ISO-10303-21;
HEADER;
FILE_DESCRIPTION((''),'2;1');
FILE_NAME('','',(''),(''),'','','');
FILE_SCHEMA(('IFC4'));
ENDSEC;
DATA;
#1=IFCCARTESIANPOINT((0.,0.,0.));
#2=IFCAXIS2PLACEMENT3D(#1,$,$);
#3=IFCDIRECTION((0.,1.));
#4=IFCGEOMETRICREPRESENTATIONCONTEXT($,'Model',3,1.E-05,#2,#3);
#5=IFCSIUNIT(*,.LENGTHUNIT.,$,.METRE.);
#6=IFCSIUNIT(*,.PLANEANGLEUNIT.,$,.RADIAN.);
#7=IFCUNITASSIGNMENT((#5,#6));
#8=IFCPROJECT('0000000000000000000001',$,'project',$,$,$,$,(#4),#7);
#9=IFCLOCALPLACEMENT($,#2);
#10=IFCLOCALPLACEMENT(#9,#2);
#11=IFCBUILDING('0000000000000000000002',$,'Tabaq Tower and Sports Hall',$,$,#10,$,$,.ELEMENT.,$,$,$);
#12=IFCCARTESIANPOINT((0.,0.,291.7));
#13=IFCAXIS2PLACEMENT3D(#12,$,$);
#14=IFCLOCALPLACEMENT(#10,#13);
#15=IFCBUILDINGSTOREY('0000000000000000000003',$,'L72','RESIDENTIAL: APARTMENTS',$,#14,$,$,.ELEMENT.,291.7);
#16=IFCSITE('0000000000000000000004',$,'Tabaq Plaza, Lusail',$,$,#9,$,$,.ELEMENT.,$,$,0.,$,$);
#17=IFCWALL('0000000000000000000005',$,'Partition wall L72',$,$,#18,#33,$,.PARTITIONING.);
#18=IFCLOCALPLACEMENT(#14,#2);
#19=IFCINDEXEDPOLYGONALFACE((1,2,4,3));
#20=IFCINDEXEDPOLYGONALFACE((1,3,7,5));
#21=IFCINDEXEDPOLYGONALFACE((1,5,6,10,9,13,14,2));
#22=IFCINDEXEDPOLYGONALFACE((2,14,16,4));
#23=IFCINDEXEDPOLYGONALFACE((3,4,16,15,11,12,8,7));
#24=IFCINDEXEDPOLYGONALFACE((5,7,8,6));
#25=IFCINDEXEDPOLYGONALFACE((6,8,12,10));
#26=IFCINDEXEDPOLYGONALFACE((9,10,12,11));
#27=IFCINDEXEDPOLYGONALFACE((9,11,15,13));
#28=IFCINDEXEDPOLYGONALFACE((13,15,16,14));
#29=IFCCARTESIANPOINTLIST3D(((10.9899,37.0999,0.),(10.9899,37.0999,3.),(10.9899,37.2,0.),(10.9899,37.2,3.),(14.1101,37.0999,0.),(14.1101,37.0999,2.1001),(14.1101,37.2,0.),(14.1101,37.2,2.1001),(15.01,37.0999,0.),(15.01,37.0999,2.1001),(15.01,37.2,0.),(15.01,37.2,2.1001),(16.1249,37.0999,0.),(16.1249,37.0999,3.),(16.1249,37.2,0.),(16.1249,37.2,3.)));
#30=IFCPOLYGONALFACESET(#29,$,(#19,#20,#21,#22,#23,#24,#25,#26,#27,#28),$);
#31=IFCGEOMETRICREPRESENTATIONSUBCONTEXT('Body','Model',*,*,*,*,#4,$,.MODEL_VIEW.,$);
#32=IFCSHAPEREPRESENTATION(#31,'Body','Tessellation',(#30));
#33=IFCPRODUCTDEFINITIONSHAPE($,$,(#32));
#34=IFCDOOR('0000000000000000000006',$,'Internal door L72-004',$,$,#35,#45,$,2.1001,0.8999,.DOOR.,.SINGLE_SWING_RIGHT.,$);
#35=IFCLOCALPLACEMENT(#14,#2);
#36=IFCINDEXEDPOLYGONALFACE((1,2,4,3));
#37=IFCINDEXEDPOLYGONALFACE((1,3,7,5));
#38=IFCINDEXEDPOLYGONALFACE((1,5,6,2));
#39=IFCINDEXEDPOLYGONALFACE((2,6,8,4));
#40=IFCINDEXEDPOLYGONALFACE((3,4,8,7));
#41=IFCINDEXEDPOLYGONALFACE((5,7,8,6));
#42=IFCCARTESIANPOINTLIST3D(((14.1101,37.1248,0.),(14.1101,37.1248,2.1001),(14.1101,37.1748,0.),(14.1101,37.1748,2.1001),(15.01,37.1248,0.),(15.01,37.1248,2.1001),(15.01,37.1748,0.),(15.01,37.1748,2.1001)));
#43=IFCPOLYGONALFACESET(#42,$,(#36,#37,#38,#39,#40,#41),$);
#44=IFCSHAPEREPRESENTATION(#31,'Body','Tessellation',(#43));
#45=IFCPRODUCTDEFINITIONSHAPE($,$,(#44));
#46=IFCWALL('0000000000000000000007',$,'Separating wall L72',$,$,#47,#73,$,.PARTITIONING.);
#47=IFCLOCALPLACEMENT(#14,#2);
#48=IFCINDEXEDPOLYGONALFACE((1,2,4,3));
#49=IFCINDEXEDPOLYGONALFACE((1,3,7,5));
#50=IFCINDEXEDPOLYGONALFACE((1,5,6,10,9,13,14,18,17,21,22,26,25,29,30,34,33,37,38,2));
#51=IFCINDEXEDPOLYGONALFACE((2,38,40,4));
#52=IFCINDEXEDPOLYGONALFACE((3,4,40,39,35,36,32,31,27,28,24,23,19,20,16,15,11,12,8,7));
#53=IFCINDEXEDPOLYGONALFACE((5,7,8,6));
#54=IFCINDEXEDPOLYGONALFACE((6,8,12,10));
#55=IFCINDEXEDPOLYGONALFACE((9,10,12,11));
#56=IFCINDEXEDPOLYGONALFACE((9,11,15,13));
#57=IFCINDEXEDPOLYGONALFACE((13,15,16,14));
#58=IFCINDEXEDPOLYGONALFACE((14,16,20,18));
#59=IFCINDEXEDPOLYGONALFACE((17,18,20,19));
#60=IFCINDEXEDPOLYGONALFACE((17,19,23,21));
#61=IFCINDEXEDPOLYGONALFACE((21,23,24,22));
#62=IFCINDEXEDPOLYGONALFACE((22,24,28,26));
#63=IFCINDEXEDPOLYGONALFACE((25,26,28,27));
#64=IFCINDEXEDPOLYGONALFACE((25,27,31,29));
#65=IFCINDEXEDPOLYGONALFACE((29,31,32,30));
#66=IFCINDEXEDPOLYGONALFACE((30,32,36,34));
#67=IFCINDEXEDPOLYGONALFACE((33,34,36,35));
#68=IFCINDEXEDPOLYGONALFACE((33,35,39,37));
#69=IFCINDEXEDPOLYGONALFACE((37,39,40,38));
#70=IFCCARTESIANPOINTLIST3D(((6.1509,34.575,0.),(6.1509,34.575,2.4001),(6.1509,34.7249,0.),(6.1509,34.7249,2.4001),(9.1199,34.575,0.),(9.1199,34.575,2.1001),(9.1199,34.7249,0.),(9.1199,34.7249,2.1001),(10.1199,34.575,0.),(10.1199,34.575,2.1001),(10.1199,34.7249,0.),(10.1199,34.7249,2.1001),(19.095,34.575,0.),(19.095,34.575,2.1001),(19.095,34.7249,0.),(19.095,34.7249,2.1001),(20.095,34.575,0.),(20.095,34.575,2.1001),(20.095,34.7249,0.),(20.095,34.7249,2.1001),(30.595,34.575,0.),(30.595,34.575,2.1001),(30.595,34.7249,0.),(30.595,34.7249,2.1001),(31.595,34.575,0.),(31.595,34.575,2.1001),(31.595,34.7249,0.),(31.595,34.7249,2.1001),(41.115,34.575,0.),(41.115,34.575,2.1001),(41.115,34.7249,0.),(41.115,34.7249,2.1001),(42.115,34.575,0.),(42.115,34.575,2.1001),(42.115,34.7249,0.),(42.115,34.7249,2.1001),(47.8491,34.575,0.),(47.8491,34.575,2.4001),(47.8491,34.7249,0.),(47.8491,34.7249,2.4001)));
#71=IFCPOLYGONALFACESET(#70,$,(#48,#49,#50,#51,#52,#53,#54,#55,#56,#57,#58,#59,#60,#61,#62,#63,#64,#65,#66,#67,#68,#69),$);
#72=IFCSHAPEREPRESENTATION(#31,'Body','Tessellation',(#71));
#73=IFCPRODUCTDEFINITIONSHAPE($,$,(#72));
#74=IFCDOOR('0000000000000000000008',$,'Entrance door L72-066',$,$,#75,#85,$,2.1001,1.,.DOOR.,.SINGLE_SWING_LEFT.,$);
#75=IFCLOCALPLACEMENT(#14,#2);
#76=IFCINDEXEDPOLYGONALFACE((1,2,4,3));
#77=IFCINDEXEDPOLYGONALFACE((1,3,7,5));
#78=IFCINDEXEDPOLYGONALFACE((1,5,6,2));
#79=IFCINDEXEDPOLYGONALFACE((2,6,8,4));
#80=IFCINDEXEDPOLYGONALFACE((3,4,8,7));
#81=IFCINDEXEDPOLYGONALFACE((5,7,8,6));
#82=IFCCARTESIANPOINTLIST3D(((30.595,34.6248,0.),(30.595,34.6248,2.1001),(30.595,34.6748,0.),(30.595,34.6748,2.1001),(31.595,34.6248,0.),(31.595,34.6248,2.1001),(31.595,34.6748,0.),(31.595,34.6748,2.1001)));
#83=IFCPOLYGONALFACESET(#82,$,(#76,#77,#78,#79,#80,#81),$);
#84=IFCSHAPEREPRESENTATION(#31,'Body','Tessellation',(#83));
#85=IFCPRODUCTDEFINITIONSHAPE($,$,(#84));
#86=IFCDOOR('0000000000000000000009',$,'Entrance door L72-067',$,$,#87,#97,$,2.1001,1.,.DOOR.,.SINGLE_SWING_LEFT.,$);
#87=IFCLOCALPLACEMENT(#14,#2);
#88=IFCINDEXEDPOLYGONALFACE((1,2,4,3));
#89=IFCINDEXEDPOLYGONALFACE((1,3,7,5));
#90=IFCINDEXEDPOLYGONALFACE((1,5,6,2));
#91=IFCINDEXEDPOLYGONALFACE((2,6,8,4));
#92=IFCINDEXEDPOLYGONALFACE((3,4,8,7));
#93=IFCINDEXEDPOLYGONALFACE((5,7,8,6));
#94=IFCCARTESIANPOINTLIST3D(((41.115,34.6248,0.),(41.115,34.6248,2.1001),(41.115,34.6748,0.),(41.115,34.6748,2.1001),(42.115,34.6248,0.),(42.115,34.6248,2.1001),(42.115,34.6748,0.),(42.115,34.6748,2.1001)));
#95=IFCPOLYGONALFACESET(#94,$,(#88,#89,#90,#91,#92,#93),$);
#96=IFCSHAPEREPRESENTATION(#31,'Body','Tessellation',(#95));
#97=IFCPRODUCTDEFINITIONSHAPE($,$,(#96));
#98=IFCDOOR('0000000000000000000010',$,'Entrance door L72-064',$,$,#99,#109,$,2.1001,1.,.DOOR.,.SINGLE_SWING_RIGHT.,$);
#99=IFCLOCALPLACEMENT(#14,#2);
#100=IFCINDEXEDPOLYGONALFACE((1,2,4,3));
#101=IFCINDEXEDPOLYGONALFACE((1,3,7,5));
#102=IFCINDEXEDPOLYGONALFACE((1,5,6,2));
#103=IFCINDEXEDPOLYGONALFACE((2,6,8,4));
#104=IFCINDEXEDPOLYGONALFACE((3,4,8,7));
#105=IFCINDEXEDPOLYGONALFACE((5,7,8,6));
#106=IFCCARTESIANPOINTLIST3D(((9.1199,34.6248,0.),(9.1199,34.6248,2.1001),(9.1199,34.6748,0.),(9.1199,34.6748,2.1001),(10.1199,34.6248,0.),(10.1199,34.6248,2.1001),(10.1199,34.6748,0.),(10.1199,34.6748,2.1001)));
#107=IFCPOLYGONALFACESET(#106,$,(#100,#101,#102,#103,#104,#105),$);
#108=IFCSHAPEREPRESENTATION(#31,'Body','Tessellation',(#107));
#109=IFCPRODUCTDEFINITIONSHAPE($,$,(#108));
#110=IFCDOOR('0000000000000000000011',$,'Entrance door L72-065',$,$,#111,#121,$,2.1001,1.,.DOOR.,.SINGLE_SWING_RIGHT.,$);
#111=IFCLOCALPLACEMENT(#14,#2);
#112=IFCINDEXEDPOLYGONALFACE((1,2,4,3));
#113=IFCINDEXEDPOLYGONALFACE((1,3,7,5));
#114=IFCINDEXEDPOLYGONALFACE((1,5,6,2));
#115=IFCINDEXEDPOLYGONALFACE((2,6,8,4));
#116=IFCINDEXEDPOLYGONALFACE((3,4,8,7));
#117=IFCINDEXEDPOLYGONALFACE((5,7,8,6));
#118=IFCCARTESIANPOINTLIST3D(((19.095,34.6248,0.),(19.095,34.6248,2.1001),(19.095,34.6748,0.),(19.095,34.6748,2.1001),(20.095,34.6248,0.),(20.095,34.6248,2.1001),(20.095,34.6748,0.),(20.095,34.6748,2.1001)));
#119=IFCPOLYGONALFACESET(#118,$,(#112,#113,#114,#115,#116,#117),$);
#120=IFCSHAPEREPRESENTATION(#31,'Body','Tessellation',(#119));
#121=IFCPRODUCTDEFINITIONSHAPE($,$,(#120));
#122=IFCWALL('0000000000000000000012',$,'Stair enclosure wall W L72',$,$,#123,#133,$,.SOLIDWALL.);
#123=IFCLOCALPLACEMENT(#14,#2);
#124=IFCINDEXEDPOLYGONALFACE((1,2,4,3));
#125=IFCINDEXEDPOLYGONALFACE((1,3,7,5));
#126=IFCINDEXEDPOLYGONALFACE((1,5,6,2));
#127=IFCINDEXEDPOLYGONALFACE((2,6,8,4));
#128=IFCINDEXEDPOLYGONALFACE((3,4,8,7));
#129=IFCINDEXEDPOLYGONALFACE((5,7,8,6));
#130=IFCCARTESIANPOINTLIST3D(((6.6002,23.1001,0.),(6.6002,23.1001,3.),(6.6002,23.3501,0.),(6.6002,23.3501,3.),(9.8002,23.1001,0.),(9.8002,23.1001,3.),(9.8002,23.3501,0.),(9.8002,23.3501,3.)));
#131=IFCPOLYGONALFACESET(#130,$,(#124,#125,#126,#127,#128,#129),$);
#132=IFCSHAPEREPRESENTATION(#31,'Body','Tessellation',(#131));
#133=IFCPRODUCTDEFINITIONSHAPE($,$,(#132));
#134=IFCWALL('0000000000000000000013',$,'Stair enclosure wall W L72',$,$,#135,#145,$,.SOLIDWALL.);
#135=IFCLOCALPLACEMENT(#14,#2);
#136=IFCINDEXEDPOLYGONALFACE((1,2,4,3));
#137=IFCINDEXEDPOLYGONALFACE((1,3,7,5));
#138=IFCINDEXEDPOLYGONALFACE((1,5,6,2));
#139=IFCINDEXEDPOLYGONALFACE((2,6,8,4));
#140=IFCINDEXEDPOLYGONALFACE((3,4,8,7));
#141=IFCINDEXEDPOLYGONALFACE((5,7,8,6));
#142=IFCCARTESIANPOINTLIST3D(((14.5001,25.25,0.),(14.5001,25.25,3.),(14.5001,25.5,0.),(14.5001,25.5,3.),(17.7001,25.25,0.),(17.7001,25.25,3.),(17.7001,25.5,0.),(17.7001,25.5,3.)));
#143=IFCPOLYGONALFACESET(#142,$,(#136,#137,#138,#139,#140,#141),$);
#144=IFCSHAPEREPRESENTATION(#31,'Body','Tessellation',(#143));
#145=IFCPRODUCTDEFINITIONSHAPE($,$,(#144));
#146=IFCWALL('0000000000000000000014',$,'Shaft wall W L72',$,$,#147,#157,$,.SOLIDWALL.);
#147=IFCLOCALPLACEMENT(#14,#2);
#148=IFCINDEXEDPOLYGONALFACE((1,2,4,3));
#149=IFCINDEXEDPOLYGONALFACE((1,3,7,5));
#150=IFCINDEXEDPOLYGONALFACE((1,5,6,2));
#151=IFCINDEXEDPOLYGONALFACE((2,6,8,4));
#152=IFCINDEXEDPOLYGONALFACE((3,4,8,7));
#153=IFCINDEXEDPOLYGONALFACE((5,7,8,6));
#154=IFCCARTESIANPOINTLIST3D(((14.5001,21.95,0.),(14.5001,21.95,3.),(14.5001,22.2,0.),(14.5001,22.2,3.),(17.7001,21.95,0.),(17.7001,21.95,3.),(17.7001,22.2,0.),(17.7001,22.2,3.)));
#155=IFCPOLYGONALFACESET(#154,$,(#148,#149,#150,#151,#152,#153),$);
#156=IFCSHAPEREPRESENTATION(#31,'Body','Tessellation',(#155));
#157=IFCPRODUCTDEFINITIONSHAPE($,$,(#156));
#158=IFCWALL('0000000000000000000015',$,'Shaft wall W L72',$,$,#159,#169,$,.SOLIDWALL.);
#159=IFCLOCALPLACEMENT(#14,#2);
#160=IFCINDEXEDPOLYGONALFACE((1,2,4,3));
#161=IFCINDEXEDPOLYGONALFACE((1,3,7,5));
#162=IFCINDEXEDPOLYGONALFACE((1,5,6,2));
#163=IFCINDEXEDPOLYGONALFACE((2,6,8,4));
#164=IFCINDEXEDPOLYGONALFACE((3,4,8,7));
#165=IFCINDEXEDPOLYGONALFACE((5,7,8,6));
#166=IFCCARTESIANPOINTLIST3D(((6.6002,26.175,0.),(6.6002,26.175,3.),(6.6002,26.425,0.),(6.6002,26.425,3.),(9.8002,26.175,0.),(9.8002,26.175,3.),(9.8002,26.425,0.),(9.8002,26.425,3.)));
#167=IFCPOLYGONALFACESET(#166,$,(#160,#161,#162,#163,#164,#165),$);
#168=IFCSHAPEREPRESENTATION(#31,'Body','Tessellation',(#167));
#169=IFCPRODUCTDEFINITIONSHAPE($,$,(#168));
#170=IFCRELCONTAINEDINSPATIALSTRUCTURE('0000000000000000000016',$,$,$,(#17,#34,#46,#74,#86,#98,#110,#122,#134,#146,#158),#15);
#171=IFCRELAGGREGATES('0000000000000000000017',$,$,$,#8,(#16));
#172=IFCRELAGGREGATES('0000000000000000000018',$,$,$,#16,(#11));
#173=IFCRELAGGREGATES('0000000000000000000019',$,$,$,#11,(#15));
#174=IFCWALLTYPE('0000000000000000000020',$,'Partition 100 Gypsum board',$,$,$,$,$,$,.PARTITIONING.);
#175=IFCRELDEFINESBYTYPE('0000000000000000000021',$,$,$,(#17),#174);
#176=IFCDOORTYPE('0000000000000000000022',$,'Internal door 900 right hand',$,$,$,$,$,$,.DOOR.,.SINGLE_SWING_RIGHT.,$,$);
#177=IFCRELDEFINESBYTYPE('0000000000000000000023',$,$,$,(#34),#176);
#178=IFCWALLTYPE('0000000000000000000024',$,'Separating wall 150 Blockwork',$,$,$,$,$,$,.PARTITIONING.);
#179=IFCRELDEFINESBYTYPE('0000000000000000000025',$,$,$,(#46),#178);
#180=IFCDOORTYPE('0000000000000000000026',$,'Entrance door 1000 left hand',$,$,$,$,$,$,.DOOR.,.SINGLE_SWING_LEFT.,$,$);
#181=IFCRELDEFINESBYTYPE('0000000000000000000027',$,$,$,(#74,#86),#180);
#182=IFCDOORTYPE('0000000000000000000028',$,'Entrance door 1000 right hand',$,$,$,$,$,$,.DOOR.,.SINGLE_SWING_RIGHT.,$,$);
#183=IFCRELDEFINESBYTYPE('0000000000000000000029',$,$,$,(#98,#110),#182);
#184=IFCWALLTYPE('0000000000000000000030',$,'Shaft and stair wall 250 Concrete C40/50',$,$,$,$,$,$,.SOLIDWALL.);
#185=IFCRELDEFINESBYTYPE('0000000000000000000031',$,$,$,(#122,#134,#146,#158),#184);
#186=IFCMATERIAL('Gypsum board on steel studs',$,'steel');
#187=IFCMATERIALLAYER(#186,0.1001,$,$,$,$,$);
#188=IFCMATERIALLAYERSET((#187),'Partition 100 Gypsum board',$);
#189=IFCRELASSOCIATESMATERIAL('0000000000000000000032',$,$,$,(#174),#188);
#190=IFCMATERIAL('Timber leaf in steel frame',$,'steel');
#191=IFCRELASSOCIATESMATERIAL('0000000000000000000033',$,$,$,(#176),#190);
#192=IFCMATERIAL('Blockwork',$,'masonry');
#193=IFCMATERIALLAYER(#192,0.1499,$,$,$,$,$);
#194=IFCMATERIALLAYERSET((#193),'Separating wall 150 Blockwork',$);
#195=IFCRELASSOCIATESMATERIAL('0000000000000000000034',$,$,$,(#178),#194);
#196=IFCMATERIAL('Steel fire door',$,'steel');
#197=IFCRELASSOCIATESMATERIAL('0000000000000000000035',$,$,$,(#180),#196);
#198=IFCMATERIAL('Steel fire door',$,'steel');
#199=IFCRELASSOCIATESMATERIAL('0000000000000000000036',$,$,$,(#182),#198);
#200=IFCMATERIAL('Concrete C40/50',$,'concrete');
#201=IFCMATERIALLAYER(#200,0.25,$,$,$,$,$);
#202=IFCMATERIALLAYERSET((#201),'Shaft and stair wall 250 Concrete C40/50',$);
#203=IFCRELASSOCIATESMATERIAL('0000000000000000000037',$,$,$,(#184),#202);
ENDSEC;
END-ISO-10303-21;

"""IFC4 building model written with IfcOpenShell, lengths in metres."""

from ifc_helpers import new_model, si_unit, direction, frame, frame_2d, origin, place, context, subcontext, project, spatial, rectangle, extrude, material, layer, layer_set, type_object, element, fill, save


model = new_model("IFC4")

# Units and contexts
model_context = context("Model", 3, precision=1e-05, world=origin(), true_north=direction((0.0, 1.0)))
body_context = subcontext(model_context, "Body", "Model", "MODEL_VIEW")
ifc_project = project(units=[si_unit("LENGTHUNIT", "METRE"), si_unit("PLANEANGLEUNIT", "RADIAN")], contexts=[model_context])

# Site, building, storey
site_placement = place(None, origin())
site = spatial("IfcSite", under=ifc_project, at=site_placement, Name="Tabaq Plaza, Lusail", CompositionType="ELEMENT", RefElevation=0.0)
building_placement = place(site_placement, origin())
building = spatial("IfcBuilding", under=site, at=building_placement, Name="Tabaq Tower and Sports Hall", CompositionType="ELEMENT")
storey_placement = place(building_placement, frame((0.0, 0.0, 291.7)))
storey = spatial("IfcBuildingStorey", under=building, at=storey_placement, Name="L72", Description="RESIDENTIAL: APARTMENTS", CompositionType="ELEMENT", Elevation=291.7)

# Shared definitions
ifc_material_1 = material(Name="Gypsum board on steel studs", Category="steel")
ifc_layer_1 = layer(ifc_material_1, 0.1001)
ifc_layer_set_1 = layer_set([ifc_layer_1], Name="Partition 100 Gypsum board")
wall_type_1 = type_object("IfcWallType", Name="Partition 100 Gypsum board", PredefinedType="PARTITIONING", material=ifc_layer_set_1)

# Shared definitions
ifc_material_2 = material(Name="Timber leaf in steel frame", Category="steel")
door_type_1 = type_object("IfcDoorType", Name="Internal door 900 right hand", OperationType="SINGLE_SWING_RIGHT", PredefinedType="DOOR", material=ifc_material_2)

# Wall, opening, door
wall_1_placement = place(storey_placement, frame((10.99, 37.1499, 0.0), z_axis=(0.0, 0.0, 1.0), x_axis=(1.0, 0.0, 0.0)))
wall_1 = element("IfcWall", 1, at=wall_1_placement, inside=storey, type_object=wall_type_1, Name="Partition wall L72", PredefinedType="PARTITIONING", context=body_context, shape_type="SweptSolid", body=[
    extrude(rectangle(XDim=5.135, YDim=0.1001, at=frame_2d((2.5674, 0.0))), origin(), (0.0, 0.0, 1.0), 3.0),
])
opening_1_placement = place(wall_1_placement, frame((3.1201, 0.0, 0.0)))
opening_1 = element("IfcOpeningElement", 2, at=opening_1_placement, cuts=wall_1, PredefinedType="OPENING", context=body_context, shape_type="SweptSolid", body=[
    extrude(rectangle(XDim=0.8999, YDim=2.1001, at=frame_2d((0.45, 1.05))), frame((0.0, 0.05, 0.0), z_axis=(0.0, -1.0, 0.0), x_axis=(1.0, 0.0, 0.0)), (0.0, 0.0, 1.0), 0.1001),
])
door_1_placement = place(opening_1_placement, origin())
door_1 = element("IfcDoor", 3, at=door_1_placement, inside=storey, type_object=door_type_1, Name="Internal door L72-004", OperationType="SINGLE_SWING_RIGHT", OverallHeight=2.1001, OverallWidth=0.8999, PredefinedType="DOOR", context=body_context, shape_type="SweptSolid", body=[
    extrude(rectangle(XDim=0.8999, YDim=2.1001, at=frame_2d((0.45, 1.05))), frame((0.0, 0.0249, 0.0), z_axis=(0.0, -1.0, 0.0), x_axis=(1.0, 0.0, 0.0)), (0.0, 0.0, 1.0), 0.05),
])
fill(opening_1, door_1)

# Wall, openings, doors
ifc_material_3 = material(Name="Blockwork", Category="masonry")
ifc_layer_2 = layer(ifc_material_3, 0.1499)
ifc_layer_set_2 = layer_set([ifc_layer_2], Name="Separating wall 150 Blockwork")
wall_type_2 = type_object("IfcWallType", Name="Separating wall 150 Blockwork", PredefinedType="PARTITIONING", material=ifc_layer_set_2)
wall_2_placement = place(storey_placement, frame((6.1509, 34.6499, 0.0), z_axis=(0.0, 0.0, 1.0), x_axis=(1.0, 0.0, 0.0)))
wall_2 = element("IfcWall", 4, at=wall_2_placement, inside=storey, type_object=wall_type_2, Name="Separating wall L72", PredefinedType="PARTITIONING", context=body_context, shape_type="SweptSolid", body=[
    extrude(rectangle(XDim=41.6982, YDim=0.1499, at=frame_2d((20.8491, 0.0))), origin(), (0.0, 0.0, 1.0), 2.4001),
])
opening_2_placement = place(wall_2_placement, frame((2.969, 0.0, 0.0)))
opening_2 = element("IfcOpeningElement", 5, at=opening_2_placement, cuts=wall_2, PredefinedType="OPENING", context=body_context, shape_type="SweptSolid", body=[
    extrude(rectangle(XDim=1.0, YDim=2.1001, at=frame_2d((0.5, 1.05))), frame((0.0, 0.075, 0.0), z_axis=(0.0, -1.0, 0.0), x_axis=(1.0, 0.0, 0.0)), (0.0, 0.0, 1.0), 0.1499),
])
opening_3_placement = place(wall_2_placement, frame((12.9441, 0.0, 0.0)))
opening_3 = element("IfcOpeningElement", 6, at=opening_3_placement, cuts=wall_2, PredefinedType="OPENING", context=body_context, shape_type="SweptSolid", body=[
    extrude(rectangle(XDim=1.0, YDim=2.1001, at=frame_2d((0.5, 1.05))), frame((0.0, 0.075, 0.0), z_axis=(0.0, -1.0, 0.0), x_axis=(1.0, 0.0, 0.0)), (0.0, 0.0, 1.0), 0.1499),
])
opening_4_placement = place(wall_2_placement, frame((24.4441, 0.0, 0.0)))
opening_4 = element("IfcOpeningElement", 7, at=opening_4_placement, cuts=wall_2, PredefinedType="OPENING", context=body_context, shape_type="SweptSolid", body=[
    extrude(rectangle(XDim=1.0, YDim=2.1001, at=frame_2d((0.5, 1.05))), frame((0.0, 0.075, 0.0), z_axis=(0.0, -1.0, 0.0), x_axis=(1.0, 0.0, 0.0)), (0.0, 0.0, 1.0), 0.1499),
])
opening_5_placement = place(wall_2_placement, frame((34.9641, 0.0, 0.0)))
opening_5 = element("IfcOpeningElement", 8, at=opening_5_placement, cuts=wall_2, PredefinedType="OPENING", context=body_context, shape_type="SweptSolid", body=[
    extrude(rectangle(XDim=1.0, YDim=2.1001, at=frame_2d((0.5, 1.05))), frame((0.0, 0.075, 0.0), z_axis=(0.0, -1.0, 0.0), x_axis=(1.0, 0.0, 0.0)), (0.0, 0.0, 1.0), 0.1499),
])
ifc_material_4 = material(Name="Steel fire door", Category="steel")
door_type_2 = type_object("IfcDoorType", Name="Entrance door 1000 left hand", OperationType="SINGLE_SWING_LEFT", PredefinedType="DOOR", material=ifc_material_4)
door_2_placement = place(opening_4_placement, origin())
door_2 = element("IfcDoor", 9, at=door_2_placement, inside=storey, type_object=door_type_2, Name="Entrance door L72-066", OperationType="SINGLE_SWING_LEFT", OverallHeight=2.1001, OverallWidth=1.0, PredefinedType="DOOR", context=body_context, shape_type="SweptSolid", body=[
    extrude(rectangle(XDim=1.0, YDim=2.1001, at=frame_2d((0.5, 1.05))), frame((0.0, 0.0249, 0.0), z_axis=(0.0, -1.0, 0.0), x_axis=(1.0, 0.0, 0.0)), (0.0, 0.0, 1.0), 0.05),
])
fill(opening_4, door_2)
door_3_placement = place(opening_5_placement, origin())
door_3 = element("IfcDoor", 10, at=door_3_placement, inside=storey, type_object=door_type_2, Name="Entrance door L72-067", OperationType="SINGLE_SWING_LEFT", OverallHeight=2.1001, OverallWidth=1.0, PredefinedType="DOOR", context=body_context, shape_type="SweptSolid", body=[
    extrude(rectangle(XDim=1.0, YDim=2.1001, at=frame_2d((0.5, 1.05))), frame((0.0, 0.0249, 0.0), z_axis=(0.0, -1.0, 0.0), x_axis=(1.0, 0.0, 0.0)), (0.0, 0.0, 1.0), 0.05),
])
fill(opening_5, door_3)
ifc_material_5 = material(Name="Steel fire door", Category="steel")
door_type_3 = type_object("IfcDoorType", Name="Entrance door 1000 right hand", OperationType="SINGLE_SWING_RIGHT", PredefinedType="DOOR", material=ifc_material_5)
door_4_placement = place(opening_2_placement, origin())
door_4 = element("IfcDoor", 11, at=door_4_placement, inside=storey, type_object=door_type_3, Name="Entrance door L72-064", OperationType="SINGLE_SWING_RIGHT", OverallHeight=2.1001, OverallWidth=1.0, PredefinedType="DOOR", context=body_context, shape_type="SweptSolid", body=[
    extrude(rectangle(XDim=1.0, YDim=2.1001, at=frame_2d((0.5, 1.05))), frame((0.0, 0.0249, 0.0), z_axis=(0.0, -1.0, 0.0), x_axis=(1.0, 0.0, 0.0)), (0.0, 0.0, 1.0), 0.05),
])
fill(opening_2, door_4)
door_5_placement = place(opening_3_placement, origin())
door_5 = element("IfcDoor", 12, at=door_5_placement, inside=storey, type_object=door_type_3, Name="Entrance door L72-065", OperationType="SINGLE_SWING_RIGHT", OverallHeight=2.1001, OverallWidth=1.0, PredefinedType="DOOR", context=body_context, shape_type="SweptSolid", body=[
    extrude(rectangle(XDim=1.0, YDim=2.1001, at=frame_2d((0.5, 1.05))), frame((0.0, 0.0249, 0.0), z_axis=(0.0, -1.0, 0.0), x_axis=(1.0, 0.0, 0.0)), (0.0, 0.0, 1.0), 0.05),
])
fill(opening_3, door_5)

# Walls
ifc_material_6 = material(Name="Concrete C40/50", Category="concrete")
ifc_layer_3 = layer(ifc_material_6, 0.25)
ifc_layer_set_3 = layer_set([ifc_layer_3], Name="Shaft and stair wall 250 Concrete C40/50")
wall_type_3 = type_object("IfcWallType", Name="Shaft and stair wall 250 Concrete C40/50", PredefinedType="SOLIDWALL", material=ifc_layer_set_3)
for number, where, z_axis, x_axis, name in (
    (13, (6.6001, 23.2251, 0.0), (0.0, 0.0, 1.0), (1.0, 0.0, 0.0), "Stair enclosure wall W L72"),
    (14, (14.5, 25.375, 0.0), (0.0, 0.0, 1.0), (1.0, 0.0, 0.0), "Stair enclosure wall W L72"),
    (15, (14.5, 22.075, 0.0), (0.0, 0.0, 1.0), (1.0, 0.0, 0.0), "Shaft wall W L72"),
    (16, (6.6001, 26.3, 0.0), (0.0, 0.0, 1.0), (1.0, 0.0, 0.0), "Shaft wall W L72"),
):
    element("IfcWall", number, at=place(storey_placement, frame(where, z_axis=z_axis, x_axis=x_axis)), inside=storey, type_object=wall_type_3, Name=name, PredefinedType="SOLIDWALL", context=body_context, shape_type="SweptSolid", body=[
        extrude(rectangle(XDim=3.2, YDim=0.25, at=frame_2d((1.6001, 0.0))), origin(), (0.0, 0.0, 1.0), 3.0),
    ])

save(model, "model.ifc")
